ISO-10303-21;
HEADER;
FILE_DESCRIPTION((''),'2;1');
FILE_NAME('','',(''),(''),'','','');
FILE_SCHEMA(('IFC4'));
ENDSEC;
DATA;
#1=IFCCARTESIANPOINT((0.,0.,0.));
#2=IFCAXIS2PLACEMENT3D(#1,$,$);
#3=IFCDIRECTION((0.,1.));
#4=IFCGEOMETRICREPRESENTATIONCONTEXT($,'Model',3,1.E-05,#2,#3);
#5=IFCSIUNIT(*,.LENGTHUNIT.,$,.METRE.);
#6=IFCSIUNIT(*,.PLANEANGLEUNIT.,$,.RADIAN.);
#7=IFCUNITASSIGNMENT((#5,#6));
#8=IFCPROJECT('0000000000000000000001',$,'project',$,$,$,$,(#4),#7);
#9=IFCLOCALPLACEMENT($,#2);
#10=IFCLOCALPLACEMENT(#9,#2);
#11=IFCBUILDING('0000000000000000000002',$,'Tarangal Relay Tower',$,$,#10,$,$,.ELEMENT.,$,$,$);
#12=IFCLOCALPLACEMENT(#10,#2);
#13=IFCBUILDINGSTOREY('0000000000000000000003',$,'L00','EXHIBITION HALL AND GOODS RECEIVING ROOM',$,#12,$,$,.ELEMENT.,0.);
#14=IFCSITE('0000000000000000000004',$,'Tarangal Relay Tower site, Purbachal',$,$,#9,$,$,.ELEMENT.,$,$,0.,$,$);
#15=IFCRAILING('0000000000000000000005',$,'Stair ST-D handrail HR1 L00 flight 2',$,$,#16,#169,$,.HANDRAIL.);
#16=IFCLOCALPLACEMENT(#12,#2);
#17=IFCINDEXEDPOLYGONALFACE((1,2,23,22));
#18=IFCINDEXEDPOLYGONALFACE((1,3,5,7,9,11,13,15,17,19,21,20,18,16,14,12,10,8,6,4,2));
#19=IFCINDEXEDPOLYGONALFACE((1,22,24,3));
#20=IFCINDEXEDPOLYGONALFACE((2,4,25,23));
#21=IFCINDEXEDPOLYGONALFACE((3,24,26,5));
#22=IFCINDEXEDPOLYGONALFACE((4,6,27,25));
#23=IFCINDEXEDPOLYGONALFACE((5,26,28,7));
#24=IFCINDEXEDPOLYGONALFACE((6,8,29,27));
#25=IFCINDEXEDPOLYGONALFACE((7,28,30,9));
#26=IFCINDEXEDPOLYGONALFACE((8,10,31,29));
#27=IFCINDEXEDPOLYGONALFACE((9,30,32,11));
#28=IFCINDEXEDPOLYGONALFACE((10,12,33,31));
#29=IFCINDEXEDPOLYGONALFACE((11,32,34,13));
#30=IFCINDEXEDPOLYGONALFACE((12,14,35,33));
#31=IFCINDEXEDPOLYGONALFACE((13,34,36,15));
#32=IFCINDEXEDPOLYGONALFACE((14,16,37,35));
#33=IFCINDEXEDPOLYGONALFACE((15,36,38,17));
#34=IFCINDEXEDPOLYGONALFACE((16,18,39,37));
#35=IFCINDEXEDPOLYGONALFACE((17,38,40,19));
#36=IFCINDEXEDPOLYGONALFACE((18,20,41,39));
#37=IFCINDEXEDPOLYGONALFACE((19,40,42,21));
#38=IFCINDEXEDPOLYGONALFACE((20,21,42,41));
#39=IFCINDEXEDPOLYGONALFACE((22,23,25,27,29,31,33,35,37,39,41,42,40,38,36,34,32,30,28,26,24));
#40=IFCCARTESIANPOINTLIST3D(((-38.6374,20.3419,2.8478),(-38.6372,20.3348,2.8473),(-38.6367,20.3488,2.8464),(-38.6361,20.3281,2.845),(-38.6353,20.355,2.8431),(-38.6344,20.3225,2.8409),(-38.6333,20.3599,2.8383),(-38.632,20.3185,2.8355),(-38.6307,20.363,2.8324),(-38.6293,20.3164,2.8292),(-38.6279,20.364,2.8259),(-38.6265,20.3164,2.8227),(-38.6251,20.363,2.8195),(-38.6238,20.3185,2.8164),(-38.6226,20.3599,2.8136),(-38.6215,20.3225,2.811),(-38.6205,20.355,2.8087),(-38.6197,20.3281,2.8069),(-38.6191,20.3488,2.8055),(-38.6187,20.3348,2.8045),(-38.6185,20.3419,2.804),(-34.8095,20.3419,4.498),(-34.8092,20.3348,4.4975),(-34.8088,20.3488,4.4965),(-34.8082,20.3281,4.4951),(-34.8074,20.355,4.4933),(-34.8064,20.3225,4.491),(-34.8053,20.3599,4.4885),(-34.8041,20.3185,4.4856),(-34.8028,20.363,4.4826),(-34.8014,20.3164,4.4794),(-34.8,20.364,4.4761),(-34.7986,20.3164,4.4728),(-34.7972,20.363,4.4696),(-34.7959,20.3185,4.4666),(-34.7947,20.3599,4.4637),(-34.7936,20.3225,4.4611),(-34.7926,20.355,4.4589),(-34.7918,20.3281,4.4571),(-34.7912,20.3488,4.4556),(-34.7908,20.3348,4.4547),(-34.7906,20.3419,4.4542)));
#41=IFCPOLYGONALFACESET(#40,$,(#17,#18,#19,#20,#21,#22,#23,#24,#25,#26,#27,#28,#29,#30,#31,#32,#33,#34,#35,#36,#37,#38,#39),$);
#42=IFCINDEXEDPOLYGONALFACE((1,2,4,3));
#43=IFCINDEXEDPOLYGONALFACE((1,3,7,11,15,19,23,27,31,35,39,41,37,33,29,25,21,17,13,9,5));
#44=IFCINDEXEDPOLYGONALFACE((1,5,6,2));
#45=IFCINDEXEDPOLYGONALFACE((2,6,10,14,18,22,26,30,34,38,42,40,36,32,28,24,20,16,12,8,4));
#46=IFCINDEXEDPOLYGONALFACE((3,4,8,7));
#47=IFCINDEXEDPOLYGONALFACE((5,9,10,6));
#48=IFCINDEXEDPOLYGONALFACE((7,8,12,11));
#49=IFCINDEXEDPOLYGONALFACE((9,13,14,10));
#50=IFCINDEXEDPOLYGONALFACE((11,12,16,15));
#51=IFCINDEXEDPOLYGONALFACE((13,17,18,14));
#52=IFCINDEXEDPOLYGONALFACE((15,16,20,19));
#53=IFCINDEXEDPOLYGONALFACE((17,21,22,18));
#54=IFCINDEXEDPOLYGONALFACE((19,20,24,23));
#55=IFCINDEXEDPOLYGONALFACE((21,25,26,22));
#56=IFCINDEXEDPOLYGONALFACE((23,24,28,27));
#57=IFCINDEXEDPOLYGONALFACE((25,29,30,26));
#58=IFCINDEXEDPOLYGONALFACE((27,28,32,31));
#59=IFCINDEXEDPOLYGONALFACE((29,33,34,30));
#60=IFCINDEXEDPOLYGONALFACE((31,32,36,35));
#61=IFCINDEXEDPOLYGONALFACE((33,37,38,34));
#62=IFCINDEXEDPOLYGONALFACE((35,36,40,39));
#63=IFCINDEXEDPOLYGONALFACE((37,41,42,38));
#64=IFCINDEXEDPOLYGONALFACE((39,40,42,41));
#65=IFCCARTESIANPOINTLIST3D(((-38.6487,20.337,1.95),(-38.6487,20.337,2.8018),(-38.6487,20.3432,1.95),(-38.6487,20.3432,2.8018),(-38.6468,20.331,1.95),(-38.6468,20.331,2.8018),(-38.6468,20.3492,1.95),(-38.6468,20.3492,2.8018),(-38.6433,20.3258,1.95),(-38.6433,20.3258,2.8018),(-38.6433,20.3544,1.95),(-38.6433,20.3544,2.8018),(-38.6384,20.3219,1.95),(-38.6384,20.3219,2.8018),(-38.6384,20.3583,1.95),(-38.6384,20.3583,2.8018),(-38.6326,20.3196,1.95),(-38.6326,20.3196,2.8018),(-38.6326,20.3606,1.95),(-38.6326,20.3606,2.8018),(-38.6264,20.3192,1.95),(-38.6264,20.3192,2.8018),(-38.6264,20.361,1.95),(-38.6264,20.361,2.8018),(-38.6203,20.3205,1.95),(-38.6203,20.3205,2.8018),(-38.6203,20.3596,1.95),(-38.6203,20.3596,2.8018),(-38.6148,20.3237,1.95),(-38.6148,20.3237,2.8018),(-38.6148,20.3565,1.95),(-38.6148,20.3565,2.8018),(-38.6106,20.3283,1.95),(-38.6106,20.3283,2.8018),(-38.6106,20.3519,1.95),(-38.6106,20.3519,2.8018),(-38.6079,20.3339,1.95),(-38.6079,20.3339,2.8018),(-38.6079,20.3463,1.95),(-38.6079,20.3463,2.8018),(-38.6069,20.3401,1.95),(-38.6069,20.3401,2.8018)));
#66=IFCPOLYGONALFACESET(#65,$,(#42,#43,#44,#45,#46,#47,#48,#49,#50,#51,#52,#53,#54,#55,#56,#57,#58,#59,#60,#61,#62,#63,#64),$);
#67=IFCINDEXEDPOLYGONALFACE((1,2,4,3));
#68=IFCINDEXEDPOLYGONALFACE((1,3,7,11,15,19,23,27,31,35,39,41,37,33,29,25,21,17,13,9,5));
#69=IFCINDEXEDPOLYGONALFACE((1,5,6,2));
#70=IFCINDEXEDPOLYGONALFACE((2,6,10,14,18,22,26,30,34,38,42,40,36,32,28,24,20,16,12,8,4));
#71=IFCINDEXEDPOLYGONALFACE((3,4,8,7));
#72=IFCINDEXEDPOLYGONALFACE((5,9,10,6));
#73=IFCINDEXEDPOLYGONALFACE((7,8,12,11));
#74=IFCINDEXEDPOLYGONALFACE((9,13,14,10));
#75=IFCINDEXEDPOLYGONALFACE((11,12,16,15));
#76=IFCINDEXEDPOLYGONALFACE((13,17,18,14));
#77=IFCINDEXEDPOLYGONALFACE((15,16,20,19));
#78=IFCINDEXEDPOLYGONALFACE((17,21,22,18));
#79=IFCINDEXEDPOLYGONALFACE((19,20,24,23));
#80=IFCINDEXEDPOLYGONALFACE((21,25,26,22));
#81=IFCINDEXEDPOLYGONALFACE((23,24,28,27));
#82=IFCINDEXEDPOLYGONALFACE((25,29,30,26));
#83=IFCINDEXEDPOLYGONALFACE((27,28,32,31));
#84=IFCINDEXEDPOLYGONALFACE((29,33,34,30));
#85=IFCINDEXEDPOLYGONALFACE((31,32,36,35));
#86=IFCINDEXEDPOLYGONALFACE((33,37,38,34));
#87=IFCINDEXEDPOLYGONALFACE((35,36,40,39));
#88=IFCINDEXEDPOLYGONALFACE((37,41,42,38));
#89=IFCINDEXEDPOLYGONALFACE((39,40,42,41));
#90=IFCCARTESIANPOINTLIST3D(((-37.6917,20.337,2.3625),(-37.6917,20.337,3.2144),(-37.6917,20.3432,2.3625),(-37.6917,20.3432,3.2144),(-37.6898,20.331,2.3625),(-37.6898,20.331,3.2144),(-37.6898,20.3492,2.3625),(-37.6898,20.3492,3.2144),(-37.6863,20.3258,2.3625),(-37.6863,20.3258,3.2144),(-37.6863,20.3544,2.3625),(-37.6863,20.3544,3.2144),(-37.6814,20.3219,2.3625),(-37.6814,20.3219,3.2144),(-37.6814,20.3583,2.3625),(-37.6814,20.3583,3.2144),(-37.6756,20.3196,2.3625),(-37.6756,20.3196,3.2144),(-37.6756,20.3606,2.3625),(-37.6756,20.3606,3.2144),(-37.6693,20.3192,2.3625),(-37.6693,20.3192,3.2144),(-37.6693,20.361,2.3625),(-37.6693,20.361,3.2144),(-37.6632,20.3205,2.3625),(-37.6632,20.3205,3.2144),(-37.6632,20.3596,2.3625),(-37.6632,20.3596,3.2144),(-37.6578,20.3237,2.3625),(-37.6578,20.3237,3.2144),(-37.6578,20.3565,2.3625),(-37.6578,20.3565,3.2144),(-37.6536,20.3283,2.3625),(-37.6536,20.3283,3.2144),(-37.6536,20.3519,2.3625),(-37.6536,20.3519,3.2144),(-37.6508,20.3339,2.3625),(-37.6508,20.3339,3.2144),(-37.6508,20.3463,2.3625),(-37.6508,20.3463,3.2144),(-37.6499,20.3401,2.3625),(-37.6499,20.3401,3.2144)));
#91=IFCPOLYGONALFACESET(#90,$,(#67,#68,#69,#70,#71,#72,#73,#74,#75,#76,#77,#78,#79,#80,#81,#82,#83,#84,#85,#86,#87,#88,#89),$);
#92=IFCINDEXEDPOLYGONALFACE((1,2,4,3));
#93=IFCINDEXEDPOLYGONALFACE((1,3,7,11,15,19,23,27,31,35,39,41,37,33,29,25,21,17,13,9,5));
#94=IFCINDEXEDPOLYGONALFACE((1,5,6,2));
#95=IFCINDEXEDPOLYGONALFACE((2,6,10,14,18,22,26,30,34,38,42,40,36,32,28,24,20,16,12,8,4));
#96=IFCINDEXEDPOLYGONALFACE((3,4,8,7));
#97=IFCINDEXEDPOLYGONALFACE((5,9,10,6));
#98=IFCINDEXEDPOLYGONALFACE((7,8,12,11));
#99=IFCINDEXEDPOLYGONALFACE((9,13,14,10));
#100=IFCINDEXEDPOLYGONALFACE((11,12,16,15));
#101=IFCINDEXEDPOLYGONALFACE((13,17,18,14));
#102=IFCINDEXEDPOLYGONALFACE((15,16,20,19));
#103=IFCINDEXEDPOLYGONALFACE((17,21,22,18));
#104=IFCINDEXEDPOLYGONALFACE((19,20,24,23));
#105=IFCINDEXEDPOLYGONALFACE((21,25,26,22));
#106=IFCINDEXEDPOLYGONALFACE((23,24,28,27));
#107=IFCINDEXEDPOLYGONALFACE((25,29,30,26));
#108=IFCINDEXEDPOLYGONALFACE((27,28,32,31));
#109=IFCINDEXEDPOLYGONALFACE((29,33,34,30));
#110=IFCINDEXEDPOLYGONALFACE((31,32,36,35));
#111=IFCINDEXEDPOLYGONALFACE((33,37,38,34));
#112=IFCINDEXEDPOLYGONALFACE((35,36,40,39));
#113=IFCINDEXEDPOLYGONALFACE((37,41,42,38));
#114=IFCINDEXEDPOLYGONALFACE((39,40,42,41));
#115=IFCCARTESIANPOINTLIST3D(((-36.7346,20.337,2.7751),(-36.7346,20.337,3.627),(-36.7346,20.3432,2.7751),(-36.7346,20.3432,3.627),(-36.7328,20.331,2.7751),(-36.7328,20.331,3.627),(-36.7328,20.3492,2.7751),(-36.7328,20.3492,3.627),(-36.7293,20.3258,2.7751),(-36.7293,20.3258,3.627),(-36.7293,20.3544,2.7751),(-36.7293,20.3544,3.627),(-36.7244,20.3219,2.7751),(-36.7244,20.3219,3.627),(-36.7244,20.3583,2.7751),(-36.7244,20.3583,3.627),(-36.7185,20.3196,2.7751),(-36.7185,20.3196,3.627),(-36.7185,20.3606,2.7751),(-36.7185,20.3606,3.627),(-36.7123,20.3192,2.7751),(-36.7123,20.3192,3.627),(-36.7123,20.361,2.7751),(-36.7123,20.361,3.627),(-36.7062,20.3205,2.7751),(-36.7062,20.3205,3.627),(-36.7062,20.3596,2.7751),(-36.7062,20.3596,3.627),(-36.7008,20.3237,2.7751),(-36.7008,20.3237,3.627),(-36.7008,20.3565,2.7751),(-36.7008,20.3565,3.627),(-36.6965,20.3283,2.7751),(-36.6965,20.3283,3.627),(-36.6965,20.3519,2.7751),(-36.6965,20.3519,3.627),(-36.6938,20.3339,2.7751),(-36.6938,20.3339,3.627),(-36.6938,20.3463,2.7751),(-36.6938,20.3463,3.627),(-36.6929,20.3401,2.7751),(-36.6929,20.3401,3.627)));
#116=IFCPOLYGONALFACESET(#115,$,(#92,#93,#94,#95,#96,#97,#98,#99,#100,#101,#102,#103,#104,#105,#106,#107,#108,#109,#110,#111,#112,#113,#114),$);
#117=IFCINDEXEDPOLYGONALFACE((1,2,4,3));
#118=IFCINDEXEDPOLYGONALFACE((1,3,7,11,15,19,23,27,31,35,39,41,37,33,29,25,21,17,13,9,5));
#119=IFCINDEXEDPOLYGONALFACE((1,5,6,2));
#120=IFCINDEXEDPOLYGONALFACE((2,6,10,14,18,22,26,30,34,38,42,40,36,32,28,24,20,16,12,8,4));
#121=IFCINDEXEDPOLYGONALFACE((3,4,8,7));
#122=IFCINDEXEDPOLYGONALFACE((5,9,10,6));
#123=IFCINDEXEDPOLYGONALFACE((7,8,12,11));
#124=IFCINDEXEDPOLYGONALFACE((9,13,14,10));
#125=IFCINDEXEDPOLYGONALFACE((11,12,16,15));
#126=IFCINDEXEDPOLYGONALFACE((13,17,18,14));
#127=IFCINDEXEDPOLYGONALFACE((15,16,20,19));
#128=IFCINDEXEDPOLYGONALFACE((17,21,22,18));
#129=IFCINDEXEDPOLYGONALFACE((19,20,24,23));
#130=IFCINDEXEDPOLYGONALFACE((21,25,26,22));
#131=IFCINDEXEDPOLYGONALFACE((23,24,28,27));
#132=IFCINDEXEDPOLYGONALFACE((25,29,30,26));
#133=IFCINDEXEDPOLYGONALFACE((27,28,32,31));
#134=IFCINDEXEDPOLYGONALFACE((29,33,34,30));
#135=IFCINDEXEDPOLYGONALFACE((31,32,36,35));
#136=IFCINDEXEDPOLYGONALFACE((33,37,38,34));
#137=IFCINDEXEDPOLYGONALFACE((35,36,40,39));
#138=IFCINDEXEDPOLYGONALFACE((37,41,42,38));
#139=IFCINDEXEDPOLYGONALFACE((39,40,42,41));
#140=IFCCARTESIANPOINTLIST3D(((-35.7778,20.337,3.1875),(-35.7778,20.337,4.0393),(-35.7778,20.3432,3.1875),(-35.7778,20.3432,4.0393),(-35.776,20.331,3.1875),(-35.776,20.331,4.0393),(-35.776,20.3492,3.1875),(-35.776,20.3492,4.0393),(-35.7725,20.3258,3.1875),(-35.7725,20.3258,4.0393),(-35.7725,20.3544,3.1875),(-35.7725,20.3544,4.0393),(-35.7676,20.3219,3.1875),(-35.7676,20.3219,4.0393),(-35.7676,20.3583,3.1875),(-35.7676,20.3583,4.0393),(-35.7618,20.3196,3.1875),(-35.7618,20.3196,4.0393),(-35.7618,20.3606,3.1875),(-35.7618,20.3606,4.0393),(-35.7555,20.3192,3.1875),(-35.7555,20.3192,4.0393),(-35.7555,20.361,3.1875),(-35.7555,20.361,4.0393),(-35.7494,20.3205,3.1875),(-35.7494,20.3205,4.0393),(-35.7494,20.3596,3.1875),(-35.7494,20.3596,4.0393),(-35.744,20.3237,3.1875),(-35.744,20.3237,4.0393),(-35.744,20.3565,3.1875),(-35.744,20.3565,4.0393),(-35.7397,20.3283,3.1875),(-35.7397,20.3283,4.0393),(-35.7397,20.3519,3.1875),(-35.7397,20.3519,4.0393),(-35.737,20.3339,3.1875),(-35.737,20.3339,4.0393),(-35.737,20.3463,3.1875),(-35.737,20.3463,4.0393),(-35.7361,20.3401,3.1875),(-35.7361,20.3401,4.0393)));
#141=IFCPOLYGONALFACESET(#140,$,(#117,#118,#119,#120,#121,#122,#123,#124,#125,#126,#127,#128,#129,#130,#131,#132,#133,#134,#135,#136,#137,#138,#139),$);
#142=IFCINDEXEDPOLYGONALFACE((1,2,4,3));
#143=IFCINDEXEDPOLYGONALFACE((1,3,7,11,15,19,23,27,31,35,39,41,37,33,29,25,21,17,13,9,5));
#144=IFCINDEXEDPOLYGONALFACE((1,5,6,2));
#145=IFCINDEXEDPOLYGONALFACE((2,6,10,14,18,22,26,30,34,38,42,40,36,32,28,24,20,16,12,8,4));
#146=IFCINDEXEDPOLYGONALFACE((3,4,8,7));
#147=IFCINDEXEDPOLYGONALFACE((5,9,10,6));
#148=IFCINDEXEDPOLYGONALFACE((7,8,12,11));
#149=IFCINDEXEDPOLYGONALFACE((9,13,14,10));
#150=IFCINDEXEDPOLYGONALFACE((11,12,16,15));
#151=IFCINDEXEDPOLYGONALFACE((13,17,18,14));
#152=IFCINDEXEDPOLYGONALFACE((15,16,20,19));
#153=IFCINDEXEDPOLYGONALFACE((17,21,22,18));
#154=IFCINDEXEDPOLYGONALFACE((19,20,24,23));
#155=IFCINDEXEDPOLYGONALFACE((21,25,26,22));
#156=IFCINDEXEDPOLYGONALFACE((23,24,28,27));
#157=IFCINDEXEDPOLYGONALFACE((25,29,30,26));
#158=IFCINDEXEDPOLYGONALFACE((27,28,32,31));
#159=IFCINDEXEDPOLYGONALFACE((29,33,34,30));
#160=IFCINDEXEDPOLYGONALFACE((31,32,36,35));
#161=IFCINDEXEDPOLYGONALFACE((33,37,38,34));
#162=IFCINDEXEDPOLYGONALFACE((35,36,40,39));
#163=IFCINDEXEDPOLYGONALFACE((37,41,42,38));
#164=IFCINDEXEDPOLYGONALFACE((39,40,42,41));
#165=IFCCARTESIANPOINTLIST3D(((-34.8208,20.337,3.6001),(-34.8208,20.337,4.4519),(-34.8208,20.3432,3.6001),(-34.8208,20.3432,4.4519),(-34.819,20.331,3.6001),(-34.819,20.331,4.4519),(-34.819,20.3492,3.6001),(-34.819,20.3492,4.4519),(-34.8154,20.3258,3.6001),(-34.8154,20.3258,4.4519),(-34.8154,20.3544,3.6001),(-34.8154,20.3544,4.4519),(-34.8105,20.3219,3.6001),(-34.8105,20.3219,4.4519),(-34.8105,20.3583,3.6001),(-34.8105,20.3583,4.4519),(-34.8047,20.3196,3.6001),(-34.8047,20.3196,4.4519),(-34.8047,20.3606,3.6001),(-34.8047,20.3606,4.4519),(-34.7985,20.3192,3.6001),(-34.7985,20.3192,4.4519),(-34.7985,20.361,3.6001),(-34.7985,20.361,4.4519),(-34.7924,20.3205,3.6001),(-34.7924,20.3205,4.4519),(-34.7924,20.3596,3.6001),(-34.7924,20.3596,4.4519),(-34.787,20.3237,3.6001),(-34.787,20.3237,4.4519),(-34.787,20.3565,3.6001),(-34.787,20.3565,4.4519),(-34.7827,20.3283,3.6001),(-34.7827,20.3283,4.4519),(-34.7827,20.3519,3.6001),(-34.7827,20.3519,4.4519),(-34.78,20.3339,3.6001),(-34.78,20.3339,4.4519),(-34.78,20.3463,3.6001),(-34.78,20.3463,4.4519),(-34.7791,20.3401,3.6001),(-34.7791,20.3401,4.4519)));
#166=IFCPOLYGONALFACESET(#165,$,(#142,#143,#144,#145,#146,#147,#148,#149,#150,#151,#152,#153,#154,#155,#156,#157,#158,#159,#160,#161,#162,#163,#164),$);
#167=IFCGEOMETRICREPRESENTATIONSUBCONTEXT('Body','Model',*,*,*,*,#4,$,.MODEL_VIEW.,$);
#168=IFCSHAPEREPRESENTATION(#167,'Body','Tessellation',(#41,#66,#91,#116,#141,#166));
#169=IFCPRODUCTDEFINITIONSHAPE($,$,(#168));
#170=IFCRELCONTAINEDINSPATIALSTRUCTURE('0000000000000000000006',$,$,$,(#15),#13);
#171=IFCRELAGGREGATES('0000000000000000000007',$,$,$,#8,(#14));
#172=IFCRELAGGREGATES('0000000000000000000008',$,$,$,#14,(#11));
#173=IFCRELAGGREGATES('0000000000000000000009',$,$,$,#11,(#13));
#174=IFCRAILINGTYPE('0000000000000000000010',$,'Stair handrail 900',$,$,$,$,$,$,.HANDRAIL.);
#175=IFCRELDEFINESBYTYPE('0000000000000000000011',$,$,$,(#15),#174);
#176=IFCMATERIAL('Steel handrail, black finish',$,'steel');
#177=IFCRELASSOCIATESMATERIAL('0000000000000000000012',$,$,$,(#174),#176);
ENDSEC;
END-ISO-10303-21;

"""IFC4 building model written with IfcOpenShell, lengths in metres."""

from ifc_helpers import new_model, si_unit, direction, frame, origin, origin_2d, place, context, subcontext, project, spatial, circle, extrude, material, type_object, element, save


model = new_model("IFC4")

# Units and contexts
model_context = context("Model", 3, precision=1e-05, world=origin(), true_north=direction((0.0, 1.0)))
body_context = subcontext(model_context, "Body", "Model", "MODEL_VIEW")
ifc_project = project(units=[si_unit("LENGTHUNIT", "METRE"), si_unit("PLANEANGLEUNIT", "RADIAN")], contexts=[model_context])

# Site, building, storey
site_placement = place(None, origin())
site = spatial("IfcSite", under=ifc_project, at=site_placement, Name="Tarangal Relay Tower site, Purbachal", CompositionType="ELEMENT", RefElevation=0.0)
building_placement = place(site_placement, origin())
building = spatial("IfcBuilding", under=site, at=building_placement, Name="Tarangal Relay Tower", CompositionType="ELEMENT")
storey_placement = place(building_placement, origin())
storey = spatial("IfcBuildingStorey", under=building, at=storey_placement, Name="L00", Description="EXHIBITION HALL AND GOODS RECEIVING ROOM", CompositionType="ELEMENT", Elevation=0.0)

# Railing
ifc_material_1 = material(Name="Steel handrail, black finish", Category="steel")
railing_type_1 = type_object("IfcRailingType", Name="Stair handrail 900", PredefinedType="HANDRAIL", material=ifc_material_1)
railing_1_placement = place(storey_placement, frame((-38.6279, 20.3401, 1.95)))
element("IfcRailing", 1, at=railing_1_placement, inside=storey, type_object=railing_type_1, Name="Stair ST-D handrail HR1 L00 flight 2", PredefinedType="HANDRAIL", context=body_context, shape_type="SweptSolid", body=[
    extrude(circle(Radius=0.0239, at=origin_2d()), frame((0.0, 0.0, 0.876), z_axis=(0.918307, 0.0, 0.395869), x_axis=(0.0, 1.0, 0.0)), (0.0, 0.0, 1.0), 4.1685),
    extrude(circle(Radius=0.021, at=origin_2d()), origin(), (0.0, 0.0, 1.0), 0.8518),
    extrude(circle(Radius=0.021, at=origin_2d()), frame((0.957, 0.0, 0.4126)), (0.0, 0.0, 1.0), 0.8518),
    extrude(circle(Radius=0.021, at=origin_2d()), frame((1.9141, 0.0, 0.8252)), (0.0, 0.0, 1.0), 0.8518),
    extrude(circle(Radius=0.021, at=origin_2d()), frame((2.8708, 0.0, 1.2375)), (0.0, 0.0, 1.0), 0.8518),
    extrude(circle(Radius=0.021, at=origin_2d()), frame((3.8279, 0.0, 1.6501)), (0.0, 0.0, 1.0), 0.8518),
])

save(model, "model.ifc")
